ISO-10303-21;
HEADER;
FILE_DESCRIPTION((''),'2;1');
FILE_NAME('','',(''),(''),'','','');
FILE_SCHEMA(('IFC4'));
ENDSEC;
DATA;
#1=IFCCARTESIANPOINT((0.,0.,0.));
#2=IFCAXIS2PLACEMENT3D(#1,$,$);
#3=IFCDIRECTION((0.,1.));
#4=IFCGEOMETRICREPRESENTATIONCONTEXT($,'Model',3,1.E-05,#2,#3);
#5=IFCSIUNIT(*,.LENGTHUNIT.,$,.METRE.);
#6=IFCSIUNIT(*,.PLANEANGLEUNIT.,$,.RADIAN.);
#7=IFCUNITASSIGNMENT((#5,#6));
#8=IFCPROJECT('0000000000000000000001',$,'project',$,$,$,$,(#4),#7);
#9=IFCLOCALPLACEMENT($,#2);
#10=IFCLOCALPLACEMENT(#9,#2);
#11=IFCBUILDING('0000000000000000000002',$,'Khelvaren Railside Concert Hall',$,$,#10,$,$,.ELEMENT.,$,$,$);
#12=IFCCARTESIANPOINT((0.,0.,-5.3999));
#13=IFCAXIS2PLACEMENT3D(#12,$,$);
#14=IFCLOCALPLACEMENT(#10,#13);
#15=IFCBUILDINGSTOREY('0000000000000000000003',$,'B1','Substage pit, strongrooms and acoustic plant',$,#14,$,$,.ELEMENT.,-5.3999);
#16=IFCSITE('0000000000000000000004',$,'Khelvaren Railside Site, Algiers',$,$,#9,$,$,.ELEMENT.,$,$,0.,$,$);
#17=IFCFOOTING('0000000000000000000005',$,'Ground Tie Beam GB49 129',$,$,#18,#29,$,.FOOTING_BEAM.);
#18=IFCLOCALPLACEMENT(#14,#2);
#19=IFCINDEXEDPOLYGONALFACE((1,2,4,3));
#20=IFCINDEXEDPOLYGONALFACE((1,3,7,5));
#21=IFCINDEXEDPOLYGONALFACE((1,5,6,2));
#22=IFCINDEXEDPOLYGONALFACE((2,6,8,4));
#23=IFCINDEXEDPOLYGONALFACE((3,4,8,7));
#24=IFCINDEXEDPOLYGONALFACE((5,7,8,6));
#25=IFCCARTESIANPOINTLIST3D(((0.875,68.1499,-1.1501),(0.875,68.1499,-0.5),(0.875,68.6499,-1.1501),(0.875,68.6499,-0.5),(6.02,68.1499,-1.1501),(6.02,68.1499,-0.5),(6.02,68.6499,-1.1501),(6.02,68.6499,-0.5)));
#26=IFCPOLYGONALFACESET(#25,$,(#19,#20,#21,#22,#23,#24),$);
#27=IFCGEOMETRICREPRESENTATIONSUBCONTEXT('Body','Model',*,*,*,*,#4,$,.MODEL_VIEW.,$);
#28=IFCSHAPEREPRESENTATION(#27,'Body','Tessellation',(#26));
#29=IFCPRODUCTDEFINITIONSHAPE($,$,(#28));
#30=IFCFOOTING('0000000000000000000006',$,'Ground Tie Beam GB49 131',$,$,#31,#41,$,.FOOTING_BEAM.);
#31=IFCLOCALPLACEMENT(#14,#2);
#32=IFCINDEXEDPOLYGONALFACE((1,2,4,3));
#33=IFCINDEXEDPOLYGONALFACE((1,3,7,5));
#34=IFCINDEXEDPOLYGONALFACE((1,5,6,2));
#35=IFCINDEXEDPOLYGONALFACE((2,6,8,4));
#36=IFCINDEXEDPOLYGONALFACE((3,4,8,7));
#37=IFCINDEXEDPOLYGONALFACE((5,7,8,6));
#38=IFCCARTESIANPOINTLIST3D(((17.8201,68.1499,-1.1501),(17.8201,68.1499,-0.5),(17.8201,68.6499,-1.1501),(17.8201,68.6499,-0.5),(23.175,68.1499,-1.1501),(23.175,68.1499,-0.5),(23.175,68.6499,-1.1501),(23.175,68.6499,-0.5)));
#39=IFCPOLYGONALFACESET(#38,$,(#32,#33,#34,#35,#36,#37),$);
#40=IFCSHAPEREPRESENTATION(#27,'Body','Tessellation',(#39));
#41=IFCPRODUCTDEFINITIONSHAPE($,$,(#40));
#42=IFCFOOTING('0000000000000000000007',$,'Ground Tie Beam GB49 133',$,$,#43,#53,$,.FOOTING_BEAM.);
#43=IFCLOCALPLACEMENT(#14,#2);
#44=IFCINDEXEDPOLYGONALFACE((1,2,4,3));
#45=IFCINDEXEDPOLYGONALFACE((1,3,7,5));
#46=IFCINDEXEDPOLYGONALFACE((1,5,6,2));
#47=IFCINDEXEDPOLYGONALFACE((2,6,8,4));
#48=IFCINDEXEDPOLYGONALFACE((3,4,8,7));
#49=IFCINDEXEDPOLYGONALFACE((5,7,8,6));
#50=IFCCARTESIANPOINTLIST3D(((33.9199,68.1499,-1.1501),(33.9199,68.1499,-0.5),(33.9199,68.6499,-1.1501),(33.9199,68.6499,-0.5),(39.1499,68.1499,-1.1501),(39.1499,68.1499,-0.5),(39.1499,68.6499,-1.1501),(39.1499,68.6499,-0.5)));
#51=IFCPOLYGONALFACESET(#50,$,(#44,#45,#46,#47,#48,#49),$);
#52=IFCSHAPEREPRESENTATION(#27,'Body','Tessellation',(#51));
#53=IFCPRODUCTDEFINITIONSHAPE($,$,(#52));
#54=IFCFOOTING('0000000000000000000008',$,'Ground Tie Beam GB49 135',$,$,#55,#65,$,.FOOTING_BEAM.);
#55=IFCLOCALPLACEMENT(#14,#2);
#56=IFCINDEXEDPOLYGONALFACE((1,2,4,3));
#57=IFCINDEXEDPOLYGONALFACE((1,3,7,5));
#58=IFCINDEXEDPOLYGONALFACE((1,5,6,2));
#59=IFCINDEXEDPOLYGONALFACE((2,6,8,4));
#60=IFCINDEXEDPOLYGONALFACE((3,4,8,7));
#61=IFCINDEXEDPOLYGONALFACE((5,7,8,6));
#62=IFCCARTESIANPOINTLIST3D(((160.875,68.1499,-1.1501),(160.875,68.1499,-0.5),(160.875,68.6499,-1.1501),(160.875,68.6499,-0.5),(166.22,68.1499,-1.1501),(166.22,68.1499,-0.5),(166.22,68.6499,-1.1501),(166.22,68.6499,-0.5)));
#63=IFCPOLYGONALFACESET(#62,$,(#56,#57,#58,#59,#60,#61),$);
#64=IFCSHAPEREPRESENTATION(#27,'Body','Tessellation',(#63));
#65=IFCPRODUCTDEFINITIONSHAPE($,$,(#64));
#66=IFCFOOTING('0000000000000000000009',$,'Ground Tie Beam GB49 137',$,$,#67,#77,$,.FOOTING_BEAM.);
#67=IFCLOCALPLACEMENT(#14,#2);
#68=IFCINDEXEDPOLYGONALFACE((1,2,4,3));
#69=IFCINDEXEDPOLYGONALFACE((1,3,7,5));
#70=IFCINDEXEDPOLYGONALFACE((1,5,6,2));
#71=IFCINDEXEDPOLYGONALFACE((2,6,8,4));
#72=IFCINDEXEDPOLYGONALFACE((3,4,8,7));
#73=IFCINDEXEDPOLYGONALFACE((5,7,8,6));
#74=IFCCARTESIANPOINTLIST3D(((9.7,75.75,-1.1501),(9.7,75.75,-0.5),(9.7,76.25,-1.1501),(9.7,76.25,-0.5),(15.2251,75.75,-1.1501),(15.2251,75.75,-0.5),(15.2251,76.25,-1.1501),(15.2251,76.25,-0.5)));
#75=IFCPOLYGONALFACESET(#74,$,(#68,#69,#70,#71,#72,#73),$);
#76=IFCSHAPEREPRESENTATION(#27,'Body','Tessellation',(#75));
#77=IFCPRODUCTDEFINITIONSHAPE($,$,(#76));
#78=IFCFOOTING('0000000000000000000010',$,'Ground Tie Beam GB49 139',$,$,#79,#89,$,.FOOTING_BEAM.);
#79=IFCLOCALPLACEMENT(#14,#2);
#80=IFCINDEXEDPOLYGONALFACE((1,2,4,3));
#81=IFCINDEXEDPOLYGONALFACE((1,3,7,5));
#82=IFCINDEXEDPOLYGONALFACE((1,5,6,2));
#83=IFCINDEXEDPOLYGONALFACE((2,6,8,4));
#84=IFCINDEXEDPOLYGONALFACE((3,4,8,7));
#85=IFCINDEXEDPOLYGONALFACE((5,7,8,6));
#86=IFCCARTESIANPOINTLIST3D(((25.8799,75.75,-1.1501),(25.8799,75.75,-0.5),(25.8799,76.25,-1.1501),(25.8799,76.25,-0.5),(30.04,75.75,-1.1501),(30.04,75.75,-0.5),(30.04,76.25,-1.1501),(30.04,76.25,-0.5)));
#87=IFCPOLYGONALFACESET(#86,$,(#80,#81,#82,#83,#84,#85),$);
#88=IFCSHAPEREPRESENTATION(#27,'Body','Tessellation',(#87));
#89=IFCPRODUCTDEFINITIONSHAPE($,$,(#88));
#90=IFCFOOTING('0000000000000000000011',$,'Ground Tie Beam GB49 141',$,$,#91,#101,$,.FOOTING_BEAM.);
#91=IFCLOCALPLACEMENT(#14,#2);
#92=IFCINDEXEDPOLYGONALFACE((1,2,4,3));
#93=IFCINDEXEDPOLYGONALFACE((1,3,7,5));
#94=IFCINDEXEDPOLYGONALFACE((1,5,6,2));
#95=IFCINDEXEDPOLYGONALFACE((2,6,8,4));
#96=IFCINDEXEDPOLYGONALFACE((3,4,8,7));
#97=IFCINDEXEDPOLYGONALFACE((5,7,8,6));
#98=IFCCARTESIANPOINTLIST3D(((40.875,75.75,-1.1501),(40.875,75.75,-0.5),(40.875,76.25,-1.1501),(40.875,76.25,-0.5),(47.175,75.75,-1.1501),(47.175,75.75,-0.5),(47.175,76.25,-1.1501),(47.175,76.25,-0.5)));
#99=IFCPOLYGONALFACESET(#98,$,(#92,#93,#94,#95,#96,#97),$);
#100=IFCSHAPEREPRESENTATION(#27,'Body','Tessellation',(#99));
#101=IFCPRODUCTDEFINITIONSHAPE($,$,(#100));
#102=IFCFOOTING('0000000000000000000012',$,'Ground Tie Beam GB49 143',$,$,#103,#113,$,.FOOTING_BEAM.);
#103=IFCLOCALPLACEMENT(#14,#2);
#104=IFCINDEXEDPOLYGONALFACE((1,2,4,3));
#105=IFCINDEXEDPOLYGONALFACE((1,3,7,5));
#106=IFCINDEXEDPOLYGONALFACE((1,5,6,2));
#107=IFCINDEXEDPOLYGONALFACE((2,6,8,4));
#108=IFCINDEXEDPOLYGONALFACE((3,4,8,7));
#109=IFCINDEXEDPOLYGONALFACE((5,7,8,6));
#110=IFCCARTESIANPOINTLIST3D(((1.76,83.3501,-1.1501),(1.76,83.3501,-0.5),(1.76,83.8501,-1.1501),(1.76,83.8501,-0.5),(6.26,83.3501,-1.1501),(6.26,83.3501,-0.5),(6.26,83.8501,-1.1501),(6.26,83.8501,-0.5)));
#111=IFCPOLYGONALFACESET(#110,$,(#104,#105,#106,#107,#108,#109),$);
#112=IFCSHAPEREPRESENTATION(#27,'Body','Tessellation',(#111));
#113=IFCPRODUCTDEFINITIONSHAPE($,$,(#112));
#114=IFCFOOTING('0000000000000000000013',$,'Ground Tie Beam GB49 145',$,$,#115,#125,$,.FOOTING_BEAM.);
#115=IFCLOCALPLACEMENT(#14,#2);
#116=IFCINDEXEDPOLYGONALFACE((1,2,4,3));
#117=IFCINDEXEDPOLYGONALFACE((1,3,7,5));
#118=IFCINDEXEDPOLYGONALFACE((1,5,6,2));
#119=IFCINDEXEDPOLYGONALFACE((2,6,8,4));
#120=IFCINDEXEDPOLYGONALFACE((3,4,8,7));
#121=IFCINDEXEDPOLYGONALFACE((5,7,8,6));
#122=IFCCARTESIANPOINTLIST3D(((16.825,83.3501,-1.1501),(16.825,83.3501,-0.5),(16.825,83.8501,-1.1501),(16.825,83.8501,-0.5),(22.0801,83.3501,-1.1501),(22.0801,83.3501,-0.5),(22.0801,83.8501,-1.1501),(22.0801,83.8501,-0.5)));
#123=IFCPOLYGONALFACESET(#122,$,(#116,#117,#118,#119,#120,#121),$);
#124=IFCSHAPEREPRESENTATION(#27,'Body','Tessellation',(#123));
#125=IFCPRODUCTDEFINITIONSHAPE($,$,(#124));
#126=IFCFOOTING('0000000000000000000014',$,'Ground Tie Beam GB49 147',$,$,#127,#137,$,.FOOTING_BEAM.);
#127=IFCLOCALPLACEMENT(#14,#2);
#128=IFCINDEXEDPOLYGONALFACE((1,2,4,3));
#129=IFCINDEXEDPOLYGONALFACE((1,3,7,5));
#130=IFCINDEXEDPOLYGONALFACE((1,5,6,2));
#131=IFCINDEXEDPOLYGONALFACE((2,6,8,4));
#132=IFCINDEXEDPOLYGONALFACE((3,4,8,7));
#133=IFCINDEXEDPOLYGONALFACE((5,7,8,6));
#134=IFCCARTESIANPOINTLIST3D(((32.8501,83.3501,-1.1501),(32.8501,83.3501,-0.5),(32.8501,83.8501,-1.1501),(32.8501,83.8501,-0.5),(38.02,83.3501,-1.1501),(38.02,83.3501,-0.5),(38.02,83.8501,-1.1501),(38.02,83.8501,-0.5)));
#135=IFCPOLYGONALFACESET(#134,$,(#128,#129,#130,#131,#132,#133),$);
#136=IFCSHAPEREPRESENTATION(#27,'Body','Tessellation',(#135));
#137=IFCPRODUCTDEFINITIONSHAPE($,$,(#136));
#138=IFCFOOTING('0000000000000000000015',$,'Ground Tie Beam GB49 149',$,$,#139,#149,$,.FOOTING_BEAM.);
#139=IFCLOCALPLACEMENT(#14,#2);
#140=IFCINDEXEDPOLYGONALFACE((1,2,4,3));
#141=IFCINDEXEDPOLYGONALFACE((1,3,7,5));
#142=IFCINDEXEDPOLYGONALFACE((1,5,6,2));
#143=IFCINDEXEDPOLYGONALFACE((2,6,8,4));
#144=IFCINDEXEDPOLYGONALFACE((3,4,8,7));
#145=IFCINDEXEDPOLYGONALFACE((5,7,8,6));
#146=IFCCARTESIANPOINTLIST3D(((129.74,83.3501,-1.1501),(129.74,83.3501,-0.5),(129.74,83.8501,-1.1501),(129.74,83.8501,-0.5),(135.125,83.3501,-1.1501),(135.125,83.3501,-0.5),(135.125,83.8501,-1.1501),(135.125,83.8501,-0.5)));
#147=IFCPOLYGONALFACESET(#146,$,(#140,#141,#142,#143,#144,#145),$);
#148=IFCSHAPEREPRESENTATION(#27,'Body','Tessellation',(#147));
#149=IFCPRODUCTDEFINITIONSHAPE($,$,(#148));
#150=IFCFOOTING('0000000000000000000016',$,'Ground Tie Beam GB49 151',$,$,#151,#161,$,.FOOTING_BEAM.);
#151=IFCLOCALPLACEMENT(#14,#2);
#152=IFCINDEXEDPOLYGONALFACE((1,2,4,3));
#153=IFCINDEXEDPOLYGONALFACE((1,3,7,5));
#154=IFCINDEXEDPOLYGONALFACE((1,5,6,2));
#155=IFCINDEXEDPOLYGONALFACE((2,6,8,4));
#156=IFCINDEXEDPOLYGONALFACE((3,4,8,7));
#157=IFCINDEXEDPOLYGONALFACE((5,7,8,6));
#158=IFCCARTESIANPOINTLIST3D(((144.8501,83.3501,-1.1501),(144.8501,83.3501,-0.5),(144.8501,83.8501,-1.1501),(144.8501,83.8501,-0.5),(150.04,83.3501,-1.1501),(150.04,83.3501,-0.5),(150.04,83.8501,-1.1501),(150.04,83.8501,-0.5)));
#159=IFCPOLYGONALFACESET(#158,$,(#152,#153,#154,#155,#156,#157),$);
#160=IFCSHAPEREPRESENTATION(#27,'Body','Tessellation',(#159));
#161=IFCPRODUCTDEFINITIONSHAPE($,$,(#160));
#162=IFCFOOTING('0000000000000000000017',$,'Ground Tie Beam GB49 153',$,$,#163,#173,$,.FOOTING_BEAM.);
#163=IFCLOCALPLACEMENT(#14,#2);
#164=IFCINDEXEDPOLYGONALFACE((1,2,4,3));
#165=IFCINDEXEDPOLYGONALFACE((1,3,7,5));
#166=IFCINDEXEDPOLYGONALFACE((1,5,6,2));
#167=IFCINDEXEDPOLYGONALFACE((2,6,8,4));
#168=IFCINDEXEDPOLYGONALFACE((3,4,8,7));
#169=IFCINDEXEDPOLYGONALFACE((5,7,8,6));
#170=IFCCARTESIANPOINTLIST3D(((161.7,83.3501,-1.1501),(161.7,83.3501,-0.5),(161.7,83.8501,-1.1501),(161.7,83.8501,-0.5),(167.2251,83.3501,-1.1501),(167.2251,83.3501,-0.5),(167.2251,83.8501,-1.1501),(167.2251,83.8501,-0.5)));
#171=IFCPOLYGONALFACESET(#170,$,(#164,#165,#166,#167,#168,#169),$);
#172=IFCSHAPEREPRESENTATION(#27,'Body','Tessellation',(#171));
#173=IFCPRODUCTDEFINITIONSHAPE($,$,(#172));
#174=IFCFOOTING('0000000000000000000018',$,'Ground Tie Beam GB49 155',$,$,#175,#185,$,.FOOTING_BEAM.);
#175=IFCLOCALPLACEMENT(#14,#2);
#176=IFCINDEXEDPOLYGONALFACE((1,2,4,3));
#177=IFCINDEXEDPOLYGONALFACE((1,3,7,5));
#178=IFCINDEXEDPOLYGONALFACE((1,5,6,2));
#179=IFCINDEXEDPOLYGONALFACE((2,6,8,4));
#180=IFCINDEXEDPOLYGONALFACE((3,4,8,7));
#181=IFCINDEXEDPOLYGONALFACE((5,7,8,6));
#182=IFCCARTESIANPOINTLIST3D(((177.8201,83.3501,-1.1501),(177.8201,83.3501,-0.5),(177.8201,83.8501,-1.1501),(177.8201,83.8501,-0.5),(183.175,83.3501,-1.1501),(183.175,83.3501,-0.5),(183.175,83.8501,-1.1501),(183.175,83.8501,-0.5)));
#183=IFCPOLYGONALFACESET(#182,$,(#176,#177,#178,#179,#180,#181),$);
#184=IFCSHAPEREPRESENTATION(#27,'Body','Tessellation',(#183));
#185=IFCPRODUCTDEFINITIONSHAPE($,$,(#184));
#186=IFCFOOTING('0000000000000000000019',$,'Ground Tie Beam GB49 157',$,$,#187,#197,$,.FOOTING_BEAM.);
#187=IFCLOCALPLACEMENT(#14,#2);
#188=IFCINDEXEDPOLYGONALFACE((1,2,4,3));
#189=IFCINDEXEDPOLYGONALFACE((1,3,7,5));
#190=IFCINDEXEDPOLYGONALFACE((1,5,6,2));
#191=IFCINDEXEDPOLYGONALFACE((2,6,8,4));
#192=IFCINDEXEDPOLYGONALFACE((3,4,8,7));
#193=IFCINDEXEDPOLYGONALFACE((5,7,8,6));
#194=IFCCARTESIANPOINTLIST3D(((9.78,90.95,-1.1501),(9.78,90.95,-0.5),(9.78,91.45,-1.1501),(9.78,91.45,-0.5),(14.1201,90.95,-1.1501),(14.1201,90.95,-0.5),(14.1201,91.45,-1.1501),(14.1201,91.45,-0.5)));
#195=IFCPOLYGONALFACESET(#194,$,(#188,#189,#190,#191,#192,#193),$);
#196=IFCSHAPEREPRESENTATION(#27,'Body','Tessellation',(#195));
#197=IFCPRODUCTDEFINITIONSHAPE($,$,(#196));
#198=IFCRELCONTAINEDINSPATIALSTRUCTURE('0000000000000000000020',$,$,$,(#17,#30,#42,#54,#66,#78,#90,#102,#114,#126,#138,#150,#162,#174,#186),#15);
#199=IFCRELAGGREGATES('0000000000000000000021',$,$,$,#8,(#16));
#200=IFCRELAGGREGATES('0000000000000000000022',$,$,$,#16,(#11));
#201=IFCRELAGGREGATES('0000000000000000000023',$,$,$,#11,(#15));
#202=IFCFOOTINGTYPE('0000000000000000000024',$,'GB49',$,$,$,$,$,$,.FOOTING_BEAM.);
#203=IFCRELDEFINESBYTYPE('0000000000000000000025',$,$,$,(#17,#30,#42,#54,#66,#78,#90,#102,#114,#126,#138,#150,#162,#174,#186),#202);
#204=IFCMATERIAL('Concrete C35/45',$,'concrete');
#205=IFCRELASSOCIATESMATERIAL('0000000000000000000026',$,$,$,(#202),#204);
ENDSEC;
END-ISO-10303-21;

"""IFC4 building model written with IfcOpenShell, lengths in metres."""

from ifc_helpers import new_model, si_unit, direction, frame, origin, place, context, subcontext, project, spatial, polyline, outline, extrude, material, type_object, element, save


model = new_model("IFC4")

# Units and contexts
model_context = context("Model", 3, precision=1e-05, world=origin(), true_north=direction((0.0, 1.0)))
body_context = subcontext(model_context, "Body", "Model", "MODEL_VIEW")
ifc_project = project(units=[si_unit("LENGTHUNIT", "METRE"), si_unit("PLANEANGLEUNIT", "RADIAN")], contexts=[model_context])

# Site, building, storey
site_placement = place(None, origin())
site = spatial("IfcSite", under=ifc_project, at=site_placement, Name="Khelvaren Railside Site, Algiers", CompositionType="ELEMENT", RefElevation=0.0)
building_placement = place(site_placement, origin())
building = spatial("IfcBuilding", under=site, at=building_placement, Name="Khelvaren Railside Concert Hall", CompositionType="ELEMENT")
storey_placement = place(building_placement, frame((0.0, 0.0, -5.3999)))
storey = spatial("IfcBuildingStorey", under=building, at=storey_placement, Name="B1", Description="Substage pit, strongrooms and acoustic plant", CompositionType="ELEMENT", Elevation=-5.3999)

# Footings
ifc_material = material(Name="Concrete C35/45", Category="concrete")
footing_type = type_object("IfcFootingType", Name="GB49", PredefinedType="FOOTING_BEAM", material=ifc_material)
footing_1_placement = place(storey_placement, frame((0.0, 0.0, -1.1501)))
element("IfcFooting", 1, at=footing_1_placement, inside=storey, type_object=footing_type, Name="Ground Tie Beam GB49 129", PredefinedType="FOOTING_BEAM", context=body_context, shape_type="SweptSolid", body=[
    extrude(outline(polyline([(0.875, 68.1499), (6.02, 68.1499), (6.02, 68.6499), (0.875, 68.6499), (0.875, 68.1499)])), origin(), (0.0, 0.0, 1.0), 0.6501),
])
footing_2_placement = place(storey_placement, frame((0.0, 0.0, -1.1501)))
element("IfcFooting", 2, at=footing_2_placement, inside=storey, type_object=footing_type, Name="Ground Tie Beam GB49 131", PredefinedType="FOOTING_BEAM", context=body_context, shape_type="SweptSolid", body=[
    extrude(outline(polyline([(17.8201, 68.1499), (23.175, 68.1499), (23.175, 68.6499), (17.8201, 68.6499), (17.8201, 68.1499)])), origin(), (0.0, 0.0, 1.0), 0.6501),
])
footing_3_placement = place(storey_placement, frame((0.0, 0.0, -1.1501)))
element("IfcFooting", 3, at=footing_3_placement, inside=storey, type_object=footing_type, Name="Ground Tie Beam GB49 133", PredefinedType="FOOTING_BEAM", context=body_context, shape_type="SweptSolid", body=[
    extrude(outline(polyline([(33.9199, 68.1499), (39.1499, 68.1499), (39.1499, 68.6499), (33.9199, 68.6499), (33.9199, 68.1499)])), origin(), (0.0, 0.0, 1.0), 0.6501),
])
footing_4_placement = place(storey_placement, frame((0.0, 0.0, -1.1501)))
element("IfcFooting", 4, at=footing_4_placement, inside=storey, type_object=footing_type, Name="Ground Tie Beam GB49 135", PredefinedType="FOOTING_BEAM", context=body_context, shape_type="SweptSolid", body=[
    extrude(outline(polyline([(160.875, 68.1499), (166.22, 68.1499), (166.22, 68.6499), (160.875, 68.6499), (160.875, 68.1499)])), origin(), (0.0, 0.0, 1.0), 0.6501),
])
footing_5_placement = place(storey_placement, frame((0.0, 0.0, -1.1501)))
element("IfcFooting", 5, at=footing_5_placement, inside=storey, type_object=footing_type, Name="Ground Tie Beam GB49 137", PredefinedType="FOOTING_BEAM", context=body_context, shape_type="SweptSolid", body=[
    extrude(outline(polyline([(9.7, 75.75), (15.2251, 75.75), (15.2251, 76.25), (9.7, 76.25), (9.7, 75.75)])), origin(), (0.0, 0.0, 1.0), 0.6501),
])
footing_6_placement = place(storey_placement, frame((0.0, 0.0, -1.1501)))
element("IfcFooting", 6, at=footing_6_placement, inside=storey, type_object=footing_type, Name="Ground Tie Beam GB49 139", PredefinedType="FOOTING_BEAM", context=body_context, shape_type="SweptSolid", body=[
    extrude(outline(polyline([(25.8799, 75.75), (30.04, 75.75), (30.04, 76.25), (25.8799, 76.25), (25.8799, 75.75)])), origin(), (0.0, 0.0, 1.0), 0.6501),
])
footing_7_placement = place(storey_placement, frame((0.0, 0.0, -1.1501)))
element("IfcFooting", 7, at=footing_7_placement, inside=storey, type_object=footing_type, Name="Ground Tie Beam GB49 141", PredefinedType="FOOTING_BEAM", context=body_context, shape_type="SweptSolid", body=[
    extrude(outline(polyline([(40.875, 75.75), (47.175, 75.75), (47.175, 76.25), (40.875, 76.25), (40.875, 75.75)])), origin(), (0.0, 0.0, 1.0), 0.6501),
])
footing_8_placement = place(storey_placement, frame((0.0, 0.0, -1.1501)))
element("IfcFooting", 8, at=footing_8_placement, inside=storey, type_object=footing_type, Name="Ground Tie Beam GB49 143", PredefinedType="FOOTING_BEAM", context=body_context, shape_type="SweptSolid", body=[
    extrude(outline(polyline([(1.76, 83.3501), (6.26, 83.3501), (6.26, 83.8501), (1.76, 83.8501), (1.76, 83.3501)])), origin(), (0.0, 0.0, 1.0), 0.6501),
])
footing_9_placement = place(storey_placement, frame((0.0, 0.0, -1.1501)))
element("IfcFooting", 9, at=footing_9_placement, inside=storey, type_object=footing_type, Name="Ground Tie Beam GB49 145", PredefinedType="FOOTING_BEAM", context=body_context, shape_type="SweptSolid", body=[
    extrude(outline(polyline([(16.825, 83.3501), (22.0801, 83.3501), (22.0801, 83.8501), (16.825, 83.8501), (16.825, 83.3501)])), origin(), (0.0, 0.0, 1.0), 0.6501),
])
footing_10_placement = place(storey_placement, frame((0.0, 0.0, -1.1501)))
element("IfcFooting", 10, at=footing_10_placement, inside=storey, type_object=footing_type, Name="Ground Tie Beam GB49 147", PredefinedType="FOOTING_BEAM", context=body_context, shape_type="SweptSolid", body=[
    extrude(outline(polyline([(32.8501, 83.3501), (38.02, 83.3501), (38.02, 83.8501), (32.8501, 83.8501), (32.8501, 83.3501)])), origin(), (0.0, 0.0, 1.0), 0.6501),
])
footing_11_placement = place(storey_placement, frame((0.0, 0.0, -1.1501)))
element("IfcFooting", 11, at=footing_11_placement, inside=storey, type_object=footing_type, Name="Ground Tie Beam GB49 149", PredefinedType="FOOTING_BEAM", context=body_context, shape_type="SweptSolid", body=[
    extrude(outline(polyline([(129.74, 83.3501), (135.125, 83.3501), (135.125, 83.8501), (129.74, 83.8501), (129.74, 83.3501)])), origin(), (0.0, 0.0, 1.0), 0.6501),
])
footing_12_placement = place(storey_placement, frame((0.0, 0.0, -1.1501)))
element("IfcFooting", 12, at=footing_12_placement, inside=storey, type_object=footing_type, Name="Ground Tie Beam GB49 151", PredefinedType="FOOTING_BEAM", context=body_context, shape_type="SweptSolid", body=[
    extrude(outline(polyline([(144.8501, 83.3501), (150.04, 83.3501), (150.04, 83.8501), (144.8501, 83.8501), (144.8501, 83.3501)])), origin(), (0.0, 0.0, 1.0), 0.6501),
])
footing_13_placement = place(storey_placement, frame((0.0, 0.0, -1.1501)))
element("IfcFooting", 13, at=footing_13_placement, inside=storey, type_object=footing_type, Name="Ground Tie Beam GB49 153", PredefinedType="FOOTING_BEAM", context=body_context, shape_type="SweptSolid", body=[
    extrude(outline(polyline([(161.7, 83.3501), (167.2251, 83.3501), (167.2251, 83.8501), (161.7, 83.8501), (161.7, 83.3501)])), origin(), (0.0, 0.0, 1.0), 0.6501),
])
footing_14_placement = place(storey_placement, frame((0.0, 0.0, -1.1501)))
element("IfcFooting", 14, at=footing_14_placement, inside=storey, type_object=footing_type, Name="Ground Tie Beam GB49 155", PredefinedType="FOOTING_BEAM", context=body_context, shape_type="SweptSolid", body=[
    extrude(outline(polyline([(177.8201, 83.3501), (183.175, 83.3501), (183.175, 83.8501), (177.8201, 83.8501), (177.8201, 83.3501)])), origin(), (0.0, 0.0, 1.0), 0.6501),
])
footing_15_placement = place(storey_placement, frame((0.0, 0.0, -1.1501)))
element("IfcFooting", 15, at=footing_15_placement, inside=storey, type_object=footing_type, Name="Ground Tie Beam GB49 157", PredefinedType="FOOTING_BEAM", context=body_context, shape_type="SweptSolid", body=[
    extrude(outline(polyline([(9.78, 90.95), (14.1201, 90.95), (14.1201, 91.45), (9.78, 91.45), (9.78, 90.95)])), origin(), (0.0, 0.0, 1.0), 0.6501),
])

save(model, "model.ifc")
